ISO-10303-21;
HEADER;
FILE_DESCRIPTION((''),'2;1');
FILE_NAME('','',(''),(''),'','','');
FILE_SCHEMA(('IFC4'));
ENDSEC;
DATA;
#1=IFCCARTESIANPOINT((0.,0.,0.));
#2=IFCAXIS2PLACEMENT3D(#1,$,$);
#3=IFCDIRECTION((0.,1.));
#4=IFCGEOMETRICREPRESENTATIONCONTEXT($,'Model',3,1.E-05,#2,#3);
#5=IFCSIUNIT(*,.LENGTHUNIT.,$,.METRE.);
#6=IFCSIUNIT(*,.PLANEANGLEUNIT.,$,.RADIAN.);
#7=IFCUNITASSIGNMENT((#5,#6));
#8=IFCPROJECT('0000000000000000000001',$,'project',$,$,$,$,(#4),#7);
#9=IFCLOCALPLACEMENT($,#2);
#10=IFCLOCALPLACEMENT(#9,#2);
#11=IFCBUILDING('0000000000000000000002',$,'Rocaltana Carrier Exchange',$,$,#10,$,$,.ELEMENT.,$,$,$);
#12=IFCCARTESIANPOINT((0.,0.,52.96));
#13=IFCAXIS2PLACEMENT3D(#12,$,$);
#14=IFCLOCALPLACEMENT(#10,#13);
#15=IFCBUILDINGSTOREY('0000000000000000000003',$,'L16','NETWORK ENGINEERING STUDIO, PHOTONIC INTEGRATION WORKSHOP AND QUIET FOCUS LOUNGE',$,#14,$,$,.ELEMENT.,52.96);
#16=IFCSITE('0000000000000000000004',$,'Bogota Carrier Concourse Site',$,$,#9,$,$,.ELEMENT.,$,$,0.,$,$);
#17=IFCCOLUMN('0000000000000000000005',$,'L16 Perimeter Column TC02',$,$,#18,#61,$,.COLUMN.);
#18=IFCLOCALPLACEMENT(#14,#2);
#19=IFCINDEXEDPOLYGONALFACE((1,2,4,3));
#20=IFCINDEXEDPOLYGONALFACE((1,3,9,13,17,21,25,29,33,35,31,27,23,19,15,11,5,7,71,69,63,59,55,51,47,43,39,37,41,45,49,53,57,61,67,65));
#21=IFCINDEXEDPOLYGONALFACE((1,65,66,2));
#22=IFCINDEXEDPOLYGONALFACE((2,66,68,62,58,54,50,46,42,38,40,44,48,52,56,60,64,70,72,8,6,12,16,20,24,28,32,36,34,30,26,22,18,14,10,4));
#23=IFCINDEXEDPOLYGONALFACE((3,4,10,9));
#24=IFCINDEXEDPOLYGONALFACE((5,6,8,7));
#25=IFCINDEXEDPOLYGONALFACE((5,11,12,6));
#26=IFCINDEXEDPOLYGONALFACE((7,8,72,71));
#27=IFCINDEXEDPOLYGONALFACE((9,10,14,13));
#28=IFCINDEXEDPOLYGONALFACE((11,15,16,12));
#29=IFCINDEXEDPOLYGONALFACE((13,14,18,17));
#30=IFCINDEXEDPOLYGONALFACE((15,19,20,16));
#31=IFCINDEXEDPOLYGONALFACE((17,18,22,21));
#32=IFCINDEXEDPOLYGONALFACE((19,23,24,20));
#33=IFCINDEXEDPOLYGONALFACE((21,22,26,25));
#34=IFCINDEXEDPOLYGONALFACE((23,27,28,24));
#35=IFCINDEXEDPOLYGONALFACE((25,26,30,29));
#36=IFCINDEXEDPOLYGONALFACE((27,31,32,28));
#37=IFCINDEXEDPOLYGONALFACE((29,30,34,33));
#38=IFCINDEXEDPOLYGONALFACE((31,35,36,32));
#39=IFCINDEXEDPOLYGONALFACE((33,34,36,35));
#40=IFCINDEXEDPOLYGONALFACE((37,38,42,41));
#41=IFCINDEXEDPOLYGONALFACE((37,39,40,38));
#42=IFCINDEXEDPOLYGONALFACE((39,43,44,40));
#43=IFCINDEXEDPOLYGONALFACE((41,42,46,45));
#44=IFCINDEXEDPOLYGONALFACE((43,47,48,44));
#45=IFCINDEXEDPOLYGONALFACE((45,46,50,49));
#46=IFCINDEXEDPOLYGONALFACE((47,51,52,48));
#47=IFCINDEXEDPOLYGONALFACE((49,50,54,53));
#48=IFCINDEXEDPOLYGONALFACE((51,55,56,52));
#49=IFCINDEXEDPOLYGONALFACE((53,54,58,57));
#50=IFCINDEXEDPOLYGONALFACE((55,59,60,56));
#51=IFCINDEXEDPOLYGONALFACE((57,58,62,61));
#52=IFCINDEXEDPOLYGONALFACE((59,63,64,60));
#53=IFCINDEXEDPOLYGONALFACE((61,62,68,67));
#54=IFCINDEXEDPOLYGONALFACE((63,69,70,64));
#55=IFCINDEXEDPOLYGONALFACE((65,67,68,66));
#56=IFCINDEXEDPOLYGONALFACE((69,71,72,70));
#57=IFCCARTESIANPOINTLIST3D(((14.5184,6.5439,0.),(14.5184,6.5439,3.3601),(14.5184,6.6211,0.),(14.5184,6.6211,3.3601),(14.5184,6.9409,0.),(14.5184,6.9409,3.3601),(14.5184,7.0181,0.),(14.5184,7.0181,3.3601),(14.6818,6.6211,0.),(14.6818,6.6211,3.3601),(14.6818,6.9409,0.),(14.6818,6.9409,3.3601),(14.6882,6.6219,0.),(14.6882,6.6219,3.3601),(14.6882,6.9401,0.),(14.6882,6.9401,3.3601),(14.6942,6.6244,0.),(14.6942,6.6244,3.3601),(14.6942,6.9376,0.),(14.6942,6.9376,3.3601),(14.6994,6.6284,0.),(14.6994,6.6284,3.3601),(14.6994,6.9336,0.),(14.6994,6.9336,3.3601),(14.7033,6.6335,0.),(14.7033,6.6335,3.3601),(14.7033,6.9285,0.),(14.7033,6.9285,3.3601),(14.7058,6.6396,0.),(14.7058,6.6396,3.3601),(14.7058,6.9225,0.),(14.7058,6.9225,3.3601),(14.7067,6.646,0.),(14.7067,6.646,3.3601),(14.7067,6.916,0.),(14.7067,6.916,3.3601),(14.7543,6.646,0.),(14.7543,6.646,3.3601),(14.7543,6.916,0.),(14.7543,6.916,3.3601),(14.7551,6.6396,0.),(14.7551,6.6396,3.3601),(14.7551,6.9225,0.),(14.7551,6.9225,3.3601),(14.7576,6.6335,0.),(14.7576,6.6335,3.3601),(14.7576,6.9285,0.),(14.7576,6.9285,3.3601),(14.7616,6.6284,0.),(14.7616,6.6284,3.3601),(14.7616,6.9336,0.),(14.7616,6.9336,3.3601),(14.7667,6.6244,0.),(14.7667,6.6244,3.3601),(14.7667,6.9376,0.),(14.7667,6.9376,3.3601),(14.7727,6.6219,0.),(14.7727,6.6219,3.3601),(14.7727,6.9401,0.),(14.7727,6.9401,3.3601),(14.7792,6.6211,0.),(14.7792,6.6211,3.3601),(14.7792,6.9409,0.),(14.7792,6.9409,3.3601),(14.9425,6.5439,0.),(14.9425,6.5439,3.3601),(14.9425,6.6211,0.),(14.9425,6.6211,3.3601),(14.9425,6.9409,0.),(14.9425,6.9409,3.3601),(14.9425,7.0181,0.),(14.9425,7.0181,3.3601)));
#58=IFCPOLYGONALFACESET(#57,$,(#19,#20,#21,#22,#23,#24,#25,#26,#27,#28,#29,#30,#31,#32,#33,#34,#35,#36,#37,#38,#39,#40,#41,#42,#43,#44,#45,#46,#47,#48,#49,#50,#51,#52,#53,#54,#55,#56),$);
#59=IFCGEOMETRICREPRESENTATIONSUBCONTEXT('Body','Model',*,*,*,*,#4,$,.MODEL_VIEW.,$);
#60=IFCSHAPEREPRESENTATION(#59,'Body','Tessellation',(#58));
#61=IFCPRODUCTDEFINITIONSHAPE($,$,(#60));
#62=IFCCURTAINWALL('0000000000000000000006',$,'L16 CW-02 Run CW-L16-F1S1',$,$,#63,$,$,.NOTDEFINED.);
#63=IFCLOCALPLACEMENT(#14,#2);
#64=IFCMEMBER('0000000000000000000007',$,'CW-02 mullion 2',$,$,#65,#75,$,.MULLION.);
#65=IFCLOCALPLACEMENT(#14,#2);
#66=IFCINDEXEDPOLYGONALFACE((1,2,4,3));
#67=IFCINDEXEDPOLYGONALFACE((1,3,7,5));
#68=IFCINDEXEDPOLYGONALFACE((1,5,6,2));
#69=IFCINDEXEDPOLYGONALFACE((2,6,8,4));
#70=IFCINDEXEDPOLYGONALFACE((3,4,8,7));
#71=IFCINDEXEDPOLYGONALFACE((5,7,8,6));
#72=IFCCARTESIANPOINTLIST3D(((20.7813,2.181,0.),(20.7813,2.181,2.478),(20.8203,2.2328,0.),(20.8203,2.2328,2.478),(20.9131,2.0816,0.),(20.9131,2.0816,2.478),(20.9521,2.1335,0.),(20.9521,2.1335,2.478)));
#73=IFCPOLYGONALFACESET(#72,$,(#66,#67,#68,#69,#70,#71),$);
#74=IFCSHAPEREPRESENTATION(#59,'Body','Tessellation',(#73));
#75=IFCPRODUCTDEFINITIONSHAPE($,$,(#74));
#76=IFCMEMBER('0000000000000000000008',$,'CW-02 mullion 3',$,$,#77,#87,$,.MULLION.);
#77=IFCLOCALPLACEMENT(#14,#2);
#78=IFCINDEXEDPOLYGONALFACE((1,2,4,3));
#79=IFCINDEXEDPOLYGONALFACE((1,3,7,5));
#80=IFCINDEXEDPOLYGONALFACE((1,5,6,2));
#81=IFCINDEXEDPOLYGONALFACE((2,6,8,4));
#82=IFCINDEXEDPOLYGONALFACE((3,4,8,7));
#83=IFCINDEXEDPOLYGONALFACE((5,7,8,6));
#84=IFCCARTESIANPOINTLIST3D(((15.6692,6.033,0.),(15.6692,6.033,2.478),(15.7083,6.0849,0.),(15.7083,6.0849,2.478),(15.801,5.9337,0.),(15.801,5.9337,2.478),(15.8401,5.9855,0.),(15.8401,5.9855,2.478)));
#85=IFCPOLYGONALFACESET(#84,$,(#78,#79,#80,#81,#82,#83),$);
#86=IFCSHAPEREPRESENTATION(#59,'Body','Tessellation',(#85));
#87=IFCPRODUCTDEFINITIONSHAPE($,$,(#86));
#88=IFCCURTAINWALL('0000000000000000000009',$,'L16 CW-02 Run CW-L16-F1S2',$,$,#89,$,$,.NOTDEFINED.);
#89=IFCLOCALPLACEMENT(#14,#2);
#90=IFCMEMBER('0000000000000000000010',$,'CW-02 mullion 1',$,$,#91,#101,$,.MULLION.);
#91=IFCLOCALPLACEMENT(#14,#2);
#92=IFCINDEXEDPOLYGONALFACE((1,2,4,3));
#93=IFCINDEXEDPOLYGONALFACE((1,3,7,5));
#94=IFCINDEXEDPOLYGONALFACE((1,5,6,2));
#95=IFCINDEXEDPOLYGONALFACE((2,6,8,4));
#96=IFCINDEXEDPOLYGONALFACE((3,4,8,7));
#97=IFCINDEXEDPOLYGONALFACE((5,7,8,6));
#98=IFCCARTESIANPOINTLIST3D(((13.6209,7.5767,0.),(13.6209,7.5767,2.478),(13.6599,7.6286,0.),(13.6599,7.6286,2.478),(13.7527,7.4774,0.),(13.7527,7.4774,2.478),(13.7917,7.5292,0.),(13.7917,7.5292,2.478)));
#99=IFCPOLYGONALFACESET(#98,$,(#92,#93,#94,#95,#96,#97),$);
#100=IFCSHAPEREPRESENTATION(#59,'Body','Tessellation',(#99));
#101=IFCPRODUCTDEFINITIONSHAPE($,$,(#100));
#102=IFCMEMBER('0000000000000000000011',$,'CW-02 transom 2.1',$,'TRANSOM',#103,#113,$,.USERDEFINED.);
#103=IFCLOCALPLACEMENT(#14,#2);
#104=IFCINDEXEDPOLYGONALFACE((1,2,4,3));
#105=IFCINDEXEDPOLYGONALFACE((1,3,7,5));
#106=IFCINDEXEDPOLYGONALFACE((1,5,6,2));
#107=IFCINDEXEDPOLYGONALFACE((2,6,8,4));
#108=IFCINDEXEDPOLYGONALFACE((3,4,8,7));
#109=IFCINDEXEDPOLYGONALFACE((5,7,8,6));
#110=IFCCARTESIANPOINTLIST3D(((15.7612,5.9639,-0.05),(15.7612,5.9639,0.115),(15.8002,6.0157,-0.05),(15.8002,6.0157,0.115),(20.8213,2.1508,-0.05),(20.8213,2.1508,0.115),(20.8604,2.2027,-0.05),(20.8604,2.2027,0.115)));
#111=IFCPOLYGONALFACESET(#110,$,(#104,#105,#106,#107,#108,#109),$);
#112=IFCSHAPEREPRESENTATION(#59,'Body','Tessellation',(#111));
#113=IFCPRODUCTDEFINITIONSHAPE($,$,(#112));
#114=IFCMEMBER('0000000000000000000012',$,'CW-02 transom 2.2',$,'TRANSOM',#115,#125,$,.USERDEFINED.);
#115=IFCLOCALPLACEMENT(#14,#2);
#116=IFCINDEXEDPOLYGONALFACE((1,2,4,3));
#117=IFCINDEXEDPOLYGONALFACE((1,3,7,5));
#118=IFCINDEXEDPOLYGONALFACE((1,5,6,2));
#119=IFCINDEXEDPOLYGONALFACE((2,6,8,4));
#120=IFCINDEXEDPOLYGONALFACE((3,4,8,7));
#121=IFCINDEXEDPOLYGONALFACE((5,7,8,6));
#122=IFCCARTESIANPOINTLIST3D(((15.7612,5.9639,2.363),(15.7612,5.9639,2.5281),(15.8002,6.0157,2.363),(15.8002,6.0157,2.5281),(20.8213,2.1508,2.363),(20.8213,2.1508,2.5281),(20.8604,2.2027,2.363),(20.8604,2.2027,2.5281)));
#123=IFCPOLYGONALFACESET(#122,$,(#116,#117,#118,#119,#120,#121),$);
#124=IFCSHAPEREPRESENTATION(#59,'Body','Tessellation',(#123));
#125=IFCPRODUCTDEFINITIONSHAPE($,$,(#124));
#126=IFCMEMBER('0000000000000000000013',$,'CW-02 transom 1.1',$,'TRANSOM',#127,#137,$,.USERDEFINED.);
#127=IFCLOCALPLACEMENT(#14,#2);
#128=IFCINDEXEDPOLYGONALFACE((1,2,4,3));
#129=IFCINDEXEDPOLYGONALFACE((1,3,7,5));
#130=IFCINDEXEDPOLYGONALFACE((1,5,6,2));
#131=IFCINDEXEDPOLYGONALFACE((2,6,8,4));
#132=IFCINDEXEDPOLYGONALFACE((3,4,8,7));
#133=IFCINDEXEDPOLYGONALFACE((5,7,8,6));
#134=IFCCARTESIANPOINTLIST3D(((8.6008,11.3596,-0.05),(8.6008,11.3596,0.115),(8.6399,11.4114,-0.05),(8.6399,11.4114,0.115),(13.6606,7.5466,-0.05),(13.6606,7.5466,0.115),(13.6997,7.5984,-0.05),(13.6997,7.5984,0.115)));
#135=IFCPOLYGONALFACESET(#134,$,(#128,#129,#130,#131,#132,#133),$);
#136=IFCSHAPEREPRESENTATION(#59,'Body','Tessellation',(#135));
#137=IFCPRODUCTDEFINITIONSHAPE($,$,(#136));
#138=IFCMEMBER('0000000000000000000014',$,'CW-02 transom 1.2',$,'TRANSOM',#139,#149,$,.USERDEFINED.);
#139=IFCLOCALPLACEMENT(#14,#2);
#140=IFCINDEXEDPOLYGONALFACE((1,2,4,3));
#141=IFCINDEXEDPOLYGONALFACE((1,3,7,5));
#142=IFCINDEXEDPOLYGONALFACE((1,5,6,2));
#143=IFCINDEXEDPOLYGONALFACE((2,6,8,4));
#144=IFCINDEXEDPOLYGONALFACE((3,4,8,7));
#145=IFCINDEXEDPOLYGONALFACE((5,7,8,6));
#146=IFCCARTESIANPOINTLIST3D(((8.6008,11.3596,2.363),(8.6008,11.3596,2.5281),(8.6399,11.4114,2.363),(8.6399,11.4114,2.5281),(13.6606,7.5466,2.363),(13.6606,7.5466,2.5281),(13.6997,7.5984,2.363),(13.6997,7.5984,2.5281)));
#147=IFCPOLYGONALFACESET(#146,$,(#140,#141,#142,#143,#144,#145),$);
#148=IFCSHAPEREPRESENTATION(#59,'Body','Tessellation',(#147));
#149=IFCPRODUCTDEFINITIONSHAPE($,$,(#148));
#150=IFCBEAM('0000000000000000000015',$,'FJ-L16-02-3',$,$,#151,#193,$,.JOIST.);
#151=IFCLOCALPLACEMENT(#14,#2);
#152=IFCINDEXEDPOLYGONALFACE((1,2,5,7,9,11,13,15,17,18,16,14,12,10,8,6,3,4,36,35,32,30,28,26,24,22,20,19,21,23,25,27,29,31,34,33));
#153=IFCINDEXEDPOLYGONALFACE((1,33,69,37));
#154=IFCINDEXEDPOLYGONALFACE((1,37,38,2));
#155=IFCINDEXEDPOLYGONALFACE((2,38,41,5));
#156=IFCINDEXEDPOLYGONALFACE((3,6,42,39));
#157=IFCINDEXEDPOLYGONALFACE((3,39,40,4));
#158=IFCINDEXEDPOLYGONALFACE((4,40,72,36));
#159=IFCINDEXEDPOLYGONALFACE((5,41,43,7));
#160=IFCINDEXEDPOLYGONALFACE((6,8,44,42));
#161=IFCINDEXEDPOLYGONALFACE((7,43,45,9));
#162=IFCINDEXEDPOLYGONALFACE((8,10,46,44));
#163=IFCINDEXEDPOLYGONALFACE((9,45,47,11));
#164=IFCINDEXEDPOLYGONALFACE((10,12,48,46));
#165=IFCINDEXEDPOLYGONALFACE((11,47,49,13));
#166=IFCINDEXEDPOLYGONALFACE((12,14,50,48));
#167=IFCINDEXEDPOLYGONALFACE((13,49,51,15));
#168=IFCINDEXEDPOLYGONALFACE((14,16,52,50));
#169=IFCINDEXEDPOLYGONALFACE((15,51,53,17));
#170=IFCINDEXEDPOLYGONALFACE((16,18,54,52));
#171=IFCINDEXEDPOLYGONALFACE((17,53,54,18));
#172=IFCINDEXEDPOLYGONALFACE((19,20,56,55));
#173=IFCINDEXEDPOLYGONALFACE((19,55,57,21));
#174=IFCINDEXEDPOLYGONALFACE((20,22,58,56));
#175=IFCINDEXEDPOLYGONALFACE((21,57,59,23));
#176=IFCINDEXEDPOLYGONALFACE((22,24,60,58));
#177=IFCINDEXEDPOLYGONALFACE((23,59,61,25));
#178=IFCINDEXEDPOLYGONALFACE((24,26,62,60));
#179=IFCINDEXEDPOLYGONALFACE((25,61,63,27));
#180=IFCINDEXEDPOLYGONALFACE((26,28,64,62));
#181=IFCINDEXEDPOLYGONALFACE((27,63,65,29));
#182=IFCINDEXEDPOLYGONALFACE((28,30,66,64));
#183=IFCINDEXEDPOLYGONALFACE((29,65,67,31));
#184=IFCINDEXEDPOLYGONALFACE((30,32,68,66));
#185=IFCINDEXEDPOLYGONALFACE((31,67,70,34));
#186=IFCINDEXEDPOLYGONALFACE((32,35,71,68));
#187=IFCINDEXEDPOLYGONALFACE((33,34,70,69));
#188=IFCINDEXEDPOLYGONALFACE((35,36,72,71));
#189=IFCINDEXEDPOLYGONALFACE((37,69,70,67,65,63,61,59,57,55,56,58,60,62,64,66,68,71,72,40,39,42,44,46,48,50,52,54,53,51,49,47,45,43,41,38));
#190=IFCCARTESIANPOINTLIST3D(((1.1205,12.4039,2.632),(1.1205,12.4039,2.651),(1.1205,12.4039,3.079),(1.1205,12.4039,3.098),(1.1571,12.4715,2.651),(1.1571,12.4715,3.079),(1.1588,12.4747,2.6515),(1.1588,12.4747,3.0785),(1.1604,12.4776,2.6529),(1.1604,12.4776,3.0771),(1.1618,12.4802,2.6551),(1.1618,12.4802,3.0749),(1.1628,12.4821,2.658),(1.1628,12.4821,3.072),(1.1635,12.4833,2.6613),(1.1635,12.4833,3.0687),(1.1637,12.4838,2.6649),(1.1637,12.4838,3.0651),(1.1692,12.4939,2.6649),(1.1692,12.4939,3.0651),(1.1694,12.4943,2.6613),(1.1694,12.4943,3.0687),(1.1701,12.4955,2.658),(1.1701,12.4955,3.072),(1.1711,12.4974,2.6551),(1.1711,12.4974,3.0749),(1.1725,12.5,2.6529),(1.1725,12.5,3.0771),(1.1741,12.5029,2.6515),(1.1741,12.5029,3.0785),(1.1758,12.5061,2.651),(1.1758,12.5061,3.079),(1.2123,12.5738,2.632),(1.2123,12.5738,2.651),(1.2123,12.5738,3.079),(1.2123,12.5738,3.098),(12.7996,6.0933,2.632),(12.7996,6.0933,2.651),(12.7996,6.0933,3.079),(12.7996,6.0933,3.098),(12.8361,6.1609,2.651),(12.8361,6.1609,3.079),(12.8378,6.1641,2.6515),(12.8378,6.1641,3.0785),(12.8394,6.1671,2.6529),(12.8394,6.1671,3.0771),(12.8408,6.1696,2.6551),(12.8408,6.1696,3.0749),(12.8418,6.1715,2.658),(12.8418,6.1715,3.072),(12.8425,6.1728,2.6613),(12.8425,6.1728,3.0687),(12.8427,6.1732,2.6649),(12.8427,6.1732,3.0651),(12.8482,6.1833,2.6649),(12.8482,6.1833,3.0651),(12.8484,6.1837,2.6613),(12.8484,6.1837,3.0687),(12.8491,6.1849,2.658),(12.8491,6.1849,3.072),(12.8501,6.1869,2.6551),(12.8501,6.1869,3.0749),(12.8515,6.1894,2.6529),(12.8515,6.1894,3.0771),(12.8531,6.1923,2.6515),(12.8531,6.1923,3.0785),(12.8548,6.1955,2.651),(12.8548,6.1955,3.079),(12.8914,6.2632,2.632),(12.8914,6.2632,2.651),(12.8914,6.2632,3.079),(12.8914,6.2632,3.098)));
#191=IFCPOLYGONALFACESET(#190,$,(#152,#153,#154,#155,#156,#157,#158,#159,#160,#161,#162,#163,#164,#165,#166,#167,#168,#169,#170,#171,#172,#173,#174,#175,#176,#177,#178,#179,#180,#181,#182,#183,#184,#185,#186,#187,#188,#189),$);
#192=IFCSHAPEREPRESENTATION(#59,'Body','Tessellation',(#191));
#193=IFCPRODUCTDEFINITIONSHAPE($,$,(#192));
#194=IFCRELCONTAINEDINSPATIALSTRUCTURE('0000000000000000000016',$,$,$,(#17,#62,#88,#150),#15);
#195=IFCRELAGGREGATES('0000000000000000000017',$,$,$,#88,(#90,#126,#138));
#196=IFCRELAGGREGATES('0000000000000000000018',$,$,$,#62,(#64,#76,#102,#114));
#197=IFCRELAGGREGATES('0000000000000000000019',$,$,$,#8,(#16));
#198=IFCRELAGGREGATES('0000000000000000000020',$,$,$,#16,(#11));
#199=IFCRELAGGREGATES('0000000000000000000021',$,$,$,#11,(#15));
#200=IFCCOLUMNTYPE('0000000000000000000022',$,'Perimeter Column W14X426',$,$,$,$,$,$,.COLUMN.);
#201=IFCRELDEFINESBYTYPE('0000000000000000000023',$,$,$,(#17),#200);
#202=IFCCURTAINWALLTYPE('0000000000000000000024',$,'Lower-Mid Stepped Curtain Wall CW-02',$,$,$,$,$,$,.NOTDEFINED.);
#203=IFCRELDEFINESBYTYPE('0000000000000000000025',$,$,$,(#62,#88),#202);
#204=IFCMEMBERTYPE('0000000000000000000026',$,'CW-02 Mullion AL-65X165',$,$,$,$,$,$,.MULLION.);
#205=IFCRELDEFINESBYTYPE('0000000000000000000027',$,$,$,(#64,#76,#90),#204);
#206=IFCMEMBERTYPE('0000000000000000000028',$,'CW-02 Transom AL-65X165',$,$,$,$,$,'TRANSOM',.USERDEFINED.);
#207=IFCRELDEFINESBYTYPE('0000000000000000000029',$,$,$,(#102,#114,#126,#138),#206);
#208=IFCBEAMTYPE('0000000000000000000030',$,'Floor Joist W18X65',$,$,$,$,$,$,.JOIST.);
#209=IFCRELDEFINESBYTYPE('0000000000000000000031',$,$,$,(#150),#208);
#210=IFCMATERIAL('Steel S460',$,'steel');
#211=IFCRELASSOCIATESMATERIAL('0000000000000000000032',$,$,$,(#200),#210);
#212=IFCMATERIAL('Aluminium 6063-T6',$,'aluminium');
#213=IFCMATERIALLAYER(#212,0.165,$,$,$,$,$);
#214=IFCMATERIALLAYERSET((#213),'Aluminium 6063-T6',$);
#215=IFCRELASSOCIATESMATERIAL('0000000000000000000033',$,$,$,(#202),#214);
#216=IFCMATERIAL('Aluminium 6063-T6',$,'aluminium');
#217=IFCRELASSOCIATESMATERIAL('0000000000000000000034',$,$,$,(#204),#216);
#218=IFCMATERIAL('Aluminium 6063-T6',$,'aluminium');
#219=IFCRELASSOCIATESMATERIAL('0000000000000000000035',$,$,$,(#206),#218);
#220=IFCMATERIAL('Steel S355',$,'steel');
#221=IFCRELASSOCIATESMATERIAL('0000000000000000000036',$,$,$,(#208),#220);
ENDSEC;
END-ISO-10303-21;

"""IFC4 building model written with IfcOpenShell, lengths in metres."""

from ifc_helpers import new_model, si_unit, direction, frame, origin, origin_2d, place, context, subcontext, project, spatial, rectangle, i_section, extrude, material, layer, layer_set, material_profile, profile_set, type_object, element, aggregate, save


model = new_model("IFC4")

# Units and contexts
model_context = context("Model", 3, precision=1e-05, world=origin(), true_north=direction((0.0, 1.0)))
body_context = subcontext(model_context, "Body", "Model", "MODEL_VIEW")
ifc_project = project(units=[si_unit("LENGTHUNIT", "METRE"), si_unit("PLANEANGLEUNIT", "RADIAN")], contexts=[model_context])

# Site, building, storey
site_placement = place(None, origin())
site = spatial("IfcSite", under=ifc_project, at=site_placement, Name="Bogota Carrier Concourse Site", CompositionType="ELEMENT", RefElevation=0.0)
building_placement = place(site_placement, origin())
building = spatial("IfcBuilding", under=site, at=building_placement, Name="Rocaltana Carrier Exchange", CompositionType="ELEMENT")
storey_placement = place(building_placement, frame((0.0, 0.0, 52.96)))
storey = spatial("IfcBuildingStorey", under=building, at=storey_placement, Name="L16", Description="NETWORK ENGINEERING STUDIO, PHOTONIC INTEGRATION WORKSHOP AND QUIET FOCUS LOUNGE", CompositionType="ELEMENT", Elevation=52.96)

# Column
ifc_material_1 = material(Name="Steel S460", Category="steel")
ifc_material_profile_1 = material_profile(ifc_material_1, i_section(OverallWidth=0.4241, OverallDepth=0.4741, WebThickness=0.0476, FlangeThickness=0.0771, FilletRadius=0.0249, at=origin_2d()), Name="W14X426")
ifc_profile_set_1 = profile_set([ifc_material_profile_1], Name="Steel S460")
column_type = type_object("IfcColumnType", Name="Perimeter Column W14X426", PredefinedType="COLUMN", material=ifc_profile_set_1)
column_placement = place(storey_placement, frame((14.7305, 6.781, 0.0), z_axis=(0.0, 0.0, 1.0), x_axis=(1.0, 0.0, 0.0)))
element("IfcColumn", 1, at=column_placement, inside=storey, type_object=column_type, Name="L16 Perimeter Column TC02", PredefinedType="COLUMN", context=body_context, shape_type="SweptSolid", body=[
    extrude(i_section(OverallWidth=0.4241, OverallDepth=0.4741, WebThickness=0.0476, FlangeThickness=0.0771, FilletRadius=0.0249, at=origin_2d()), origin(), (0.0, 0.0, 1.0), 3.3601),
])

# Curtain wall, members
ifc_material_2 = material(Name="Aluminium 6063-T6", Category="aluminium")
ifc_layer_1 = layer(ifc_material_2, 0.165)
ifc_layer_set_1 = layer_set([ifc_layer_1], Name="Aluminium 6063-T6")
curtain_wall_type = type_object("IfcCurtainWallType", Name="Lower-Mid Stepped Curtain Wall CW-02", PredefinedType="NOTDEFINED", material=ifc_layer_set_1)
curtain_wall_1_placement = place(storey_placement, origin())
curtain_wall_1 = element("IfcCurtainWall", 2, at=curtain_wall_1_placement, inside=storey, type_object=curtain_wall_type, Name="L16 CW-02 Run CW-L16-F1S1", PredefinedType="NOTDEFINED")
ifc_material_3 = material(Name="Aluminium 6063-T6", Category="aluminium")
ifc_material_profile_2 = material_profile(ifc_material_3, rectangle(XDim=0.0649, YDim=0.165, at=origin_2d()), Name="AL-65X165")
ifc_profile_set_2 = profile_set([ifc_material_profile_2], Name="Aluminium 6063-T6")
member_type_1 = type_object("IfcMemberType", Name="CW-02 Mullion AL-65X165", PredefinedType="MULLION", material=ifc_profile_set_2)
member_1_placement = place(storey_placement, frame((20.8667, 2.1572, 0.0), z_axis=(0.0, 0.0, 1.0), x_axis=(-0.601807, -0.798642, 0.0)))
member_1 = element("IfcMember", 3, at=member_1_placement, type_object=member_type_1, Name="CW-02 mullion 2", PredefinedType="MULLION", context=body_context, shape_type="SweptSolid", body=[
    extrude(rectangle(XDim=0.0649, YDim=0.165, at=origin_2d()), origin(), (0.0, 0.0, 1.0), 2.478),
])
member_2_placement = place(storey_placement, frame((15.7546, 6.0093, 0.0), z_axis=(0.0, 0.0, 1.0), x_axis=(-0.601807, -0.798642, 0.0)))
member_2 = element("IfcMember", 4, at=member_2_placement, type_object=member_type_1, Name="CW-02 mullion 3", PredefinedType="MULLION", context=body_context, shape_type="SweptSolid", body=[
    extrude(rectangle(XDim=0.0649, YDim=0.165, at=origin_2d()), origin(), (0.0, 0.0, 1.0), 2.478),
])

# Curtain wall, member
curtain_wall_2_placement = place(storey_placement, origin())
curtain_wall_2 = element("IfcCurtainWall", 5, at=curtain_wall_2_placement, inside=storey, type_object=curtain_wall_type, Name="L16 CW-02 Run CW-L16-F1S2", PredefinedType="NOTDEFINED")
member_3_placement = place(storey_placement, frame((13.7063, 7.553, 0.0), z_axis=(0.0, 0.0, 1.0), x_axis=(-0.601815, -0.798635, 0.0)))
member_3 = element("IfcMember", 6, at=member_3_placement, type_object=member_type_1, Name="CW-02 mullion 1", PredefinedType="MULLION", context=body_context, shape_type="SweptSolid", body=[
    extrude(rectangle(XDim=0.0649, YDim=0.165, at=origin_2d()), origin(), (0.0, 0.0, 1.0), 2.478),
])

# Members
ifc_material_4 = material(Name="Aluminium 6063-T6", Category="aluminium")
ifc_material_profile_3 = material_profile(ifc_material_4, rectangle(XDim=0.0649, YDim=0.165, at=origin_2d()), Name="AL-65X165")
ifc_profile_set_3 = profile_set([ifc_material_profile_3], Name="Aluminium 6063-T6")
member_type_2 = type_object("IfcMemberType", Name="CW-02 Transom AL-65X165", ElementType="TRANSOM", PredefinedType="USERDEFINED", material=ifc_profile_set_3)
member_4_placement = place(storey_placement, frame((20.8408, 2.1768, 0.0325), z_axis=(-0.798638, 0.601811, 0.0), x_axis=(-0.601811, -0.798638, 0.0)))
member_4 = element("IfcMember", 7, at=member_4_placement, type_object=member_type_2, Name="CW-02 transom 2.1", ObjectType="TRANSOM", PredefinedType="USERDEFINED", context=body_context, shape_type="SweptSolid", body=[
    extrude(rectangle(XDim=0.0649, YDim=0.165, at=origin_2d()), origin(), (0.0, 0.0, 1.0), 6.3359),
])
member_5_placement = place(storey_placement, frame((20.8408, 2.1768, 2.4456), z_axis=(-0.798638, 0.601811, 0.0), x_axis=(-0.601811, -0.798638, 0.0)))
member_5 = element("IfcMember", 8, at=member_5_placement, type_object=member_type_2, Name="CW-02 transom 2.2", ObjectType="TRANSOM", PredefinedType="USERDEFINED", context=body_context, shape_type="SweptSolid", body=[
    extrude(rectangle(XDim=0.0649, YDim=0.165, at=origin_2d()), origin(), (0.0, 0.0, 1.0), 6.3359),
])
member_6_placement = place(storey_placement, frame((13.6802, 7.5725, 0.0325), z_axis=(-0.798625, 0.60183, 0.0), x_axis=(-0.60183, -0.798625, 0.0)))
member_6 = element("IfcMember", 9, at=member_6_placement, type_object=member_type_2, Name="CW-02 transom 1.1", ObjectType="TRANSOM", PredefinedType="USERDEFINED", context=body_context, shape_type="SweptSolid", body=[
    extrude(rectangle(XDim=0.0649, YDim=0.165, at=origin_2d()), origin(), (0.0, 0.0, 1.0), 6.3357),
])
member_7_placement = place(storey_placement, frame((13.6802, 7.5725, 2.4456), z_axis=(-0.798625, 0.60183, 0.0), x_axis=(-0.60183, -0.798625, 0.0)))
member_7 = element("IfcMember", 10, at=member_7_placement, type_object=member_type_2, Name="CW-02 transom 1.2", ObjectType="TRANSOM", PredefinedType="USERDEFINED", context=body_context, shape_type="SweptSolid", body=[
    extrude(rectangle(XDim=0.0649, YDim=0.165, at=origin_2d()), origin(), (0.0, 0.0, 1.0), 6.3357),
])
aggregate(curtain_wall_2, [member_3, member_6, member_7])

# Beam
ifc_material_5 = material(Name="Steel S355", Category="steel")
ifc_material_profile_4 = material_profile(ifc_material_5, i_section(OverallWidth=0.1931, OverallDepth=0.4661, WebThickness=0.0115, FlangeThickness=0.019, FilletRadius=0.0139, at=origin_2d()), Name="W18X65")
ifc_profile_set_4 = profile_set([ifc_material_profile_4], Name="Steel S355")
beam_type_1 = type_object("IfcBeamType", Name="Floor Joist W18X65", PredefinedType="JOIST", material=ifc_profile_set_4)
beam_1_placement = place(storey_placement, frame((12.8455, 6.1782, 2.865), z_axis=(-0.879782, 0.475377, 0.0), x_axis=(-0.475377, -0.879782, 0.0)))
element("IfcBeam", 11, at=beam_1_placement, inside=storey, type_object=beam_type_1, Name="FJ-L16-02-3", PredefinedType="JOIST", context=body_context, shape_type="SweptSolid", body=[
    extrude(i_section(OverallWidth=0.1931, OverallDepth=0.4661, WebThickness=0.0115, FlangeThickness=0.019, FilletRadius=0.0139, at=origin_2d()), origin(), (0.0, 0.0, 1.0), 13.2749),
])

aggregate(curtain_wall_1, [member_1, member_2, member_4, member_5])

save(model, "model.ifc")
